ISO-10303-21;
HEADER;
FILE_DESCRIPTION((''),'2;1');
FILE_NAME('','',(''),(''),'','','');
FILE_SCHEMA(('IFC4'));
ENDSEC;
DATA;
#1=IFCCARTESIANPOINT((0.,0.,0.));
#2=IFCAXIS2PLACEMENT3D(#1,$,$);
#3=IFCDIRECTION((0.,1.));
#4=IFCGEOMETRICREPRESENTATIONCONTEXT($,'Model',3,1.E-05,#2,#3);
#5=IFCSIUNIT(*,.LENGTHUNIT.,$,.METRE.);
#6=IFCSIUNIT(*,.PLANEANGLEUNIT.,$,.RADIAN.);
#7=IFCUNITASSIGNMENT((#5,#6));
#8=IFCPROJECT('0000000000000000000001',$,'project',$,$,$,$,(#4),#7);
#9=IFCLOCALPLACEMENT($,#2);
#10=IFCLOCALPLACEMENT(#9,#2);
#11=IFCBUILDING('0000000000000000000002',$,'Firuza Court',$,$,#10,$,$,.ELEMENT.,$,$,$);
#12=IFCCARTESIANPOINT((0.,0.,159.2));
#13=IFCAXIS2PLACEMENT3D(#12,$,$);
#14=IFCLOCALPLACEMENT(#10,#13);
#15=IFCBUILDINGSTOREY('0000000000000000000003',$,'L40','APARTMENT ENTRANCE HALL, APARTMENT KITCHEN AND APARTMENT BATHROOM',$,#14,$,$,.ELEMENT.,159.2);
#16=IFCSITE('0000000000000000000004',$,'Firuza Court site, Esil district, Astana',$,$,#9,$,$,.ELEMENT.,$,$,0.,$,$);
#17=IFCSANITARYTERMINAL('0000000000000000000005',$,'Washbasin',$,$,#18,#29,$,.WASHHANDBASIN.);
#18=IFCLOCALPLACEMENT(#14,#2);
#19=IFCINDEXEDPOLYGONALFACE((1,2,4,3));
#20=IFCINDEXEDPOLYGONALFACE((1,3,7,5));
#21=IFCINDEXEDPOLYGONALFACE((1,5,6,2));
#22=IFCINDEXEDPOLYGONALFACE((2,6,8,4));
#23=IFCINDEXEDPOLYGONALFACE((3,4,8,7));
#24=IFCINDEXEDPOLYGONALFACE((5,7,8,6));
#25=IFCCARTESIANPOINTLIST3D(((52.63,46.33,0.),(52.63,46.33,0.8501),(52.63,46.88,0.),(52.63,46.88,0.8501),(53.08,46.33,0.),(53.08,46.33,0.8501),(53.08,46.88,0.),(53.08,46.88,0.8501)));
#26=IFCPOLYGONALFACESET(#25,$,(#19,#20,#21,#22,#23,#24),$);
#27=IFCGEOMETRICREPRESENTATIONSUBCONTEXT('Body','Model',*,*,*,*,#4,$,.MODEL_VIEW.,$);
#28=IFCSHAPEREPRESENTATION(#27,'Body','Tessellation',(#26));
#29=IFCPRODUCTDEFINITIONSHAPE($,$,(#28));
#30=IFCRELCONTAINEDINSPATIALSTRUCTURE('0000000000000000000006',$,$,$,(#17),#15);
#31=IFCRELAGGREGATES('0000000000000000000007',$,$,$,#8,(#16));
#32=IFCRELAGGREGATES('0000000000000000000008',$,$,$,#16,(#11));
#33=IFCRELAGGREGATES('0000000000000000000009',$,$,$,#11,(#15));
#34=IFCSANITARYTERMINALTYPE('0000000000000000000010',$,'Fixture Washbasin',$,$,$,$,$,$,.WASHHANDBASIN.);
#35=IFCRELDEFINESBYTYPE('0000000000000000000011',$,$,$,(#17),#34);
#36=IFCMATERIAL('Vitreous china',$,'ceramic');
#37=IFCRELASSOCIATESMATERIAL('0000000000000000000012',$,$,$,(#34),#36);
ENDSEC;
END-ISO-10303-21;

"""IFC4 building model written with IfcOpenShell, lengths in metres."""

from ifc_helpers import new_model, si_unit, direction, frame, origin, origin_2d, place, context, subcontext, project, spatial, rectangle, extrude, material, type_object, element, save


model = new_model("IFC4")

# Units and contexts
model_context = context("Model", 3, precision=1e-05, world=origin(), true_north=direction((0.0, 1.0)))
body_context = subcontext(model_context, "Body", "Model", "MODEL_VIEW")
ifc_project = project(units=[si_unit("LENGTHUNIT", "METRE"), si_unit("PLANEANGLEUNIT", "RADIAN")], contexts=[model_context])

# Site, building, storey
site_placement = place(None, origin())
site = spatial("IfcSite", under=ifc_project, at=site_placement, Name="Firuza Court site, Esil district, Astana", CompositionType="ELEMENT", RefElevation=0.0)
building_placement = place(site_placement, origin())
building = spatial("IfcBuilding", under=site, at=building_placement, Name="Firuza Court", CompositionType="ELEMENT")
storey_placement = place(building_placement, frame((0.0, 0.0, 159.2)))
storey = spatial("IfcBuildingStorey", under=building, at=storey_placement, Name="L40", Description="APARTMENT ENTRANCE HALL, APARTMENT KITCHEN AND APARTMENT BATHROOM", CompositionType="ELEMENT", Elevation=159.2)

# Sanitary terminal
ifc_material_1 = material(Name="Vitreous china", Category="ceramic")
sanitary_terminal_type_1 = type_object("IfcSanitaryTerminalType", Name="Fixture Washbasin", PredefinedType="WASHHANDBASIN", material=ifc_material_1)
sanitary_terminal_1_placement = place(storey_placement, frame((52.855, 46.605, 0.0), z_axis=(0.0, 0.0, 1.0), x_axis=(1.0, 0.0, 0.0)))
element("IfcSanitaryTerminal", 1, at=sanitary_terminal_1_placement, inside=storey, type_object=sanitary_terminal_type_1, Name="Washbasin", PredefinedType="WASHHANDBASIN", context=body_context, shape_type="SweptSolid", body=[
    extrude(rectangle(XDim=0.45, YDim=0.55, at=origin_2d()), origin(), (0.0, 0.0, 1.0), 0.8501),
])

save(model, "model.ifc")
